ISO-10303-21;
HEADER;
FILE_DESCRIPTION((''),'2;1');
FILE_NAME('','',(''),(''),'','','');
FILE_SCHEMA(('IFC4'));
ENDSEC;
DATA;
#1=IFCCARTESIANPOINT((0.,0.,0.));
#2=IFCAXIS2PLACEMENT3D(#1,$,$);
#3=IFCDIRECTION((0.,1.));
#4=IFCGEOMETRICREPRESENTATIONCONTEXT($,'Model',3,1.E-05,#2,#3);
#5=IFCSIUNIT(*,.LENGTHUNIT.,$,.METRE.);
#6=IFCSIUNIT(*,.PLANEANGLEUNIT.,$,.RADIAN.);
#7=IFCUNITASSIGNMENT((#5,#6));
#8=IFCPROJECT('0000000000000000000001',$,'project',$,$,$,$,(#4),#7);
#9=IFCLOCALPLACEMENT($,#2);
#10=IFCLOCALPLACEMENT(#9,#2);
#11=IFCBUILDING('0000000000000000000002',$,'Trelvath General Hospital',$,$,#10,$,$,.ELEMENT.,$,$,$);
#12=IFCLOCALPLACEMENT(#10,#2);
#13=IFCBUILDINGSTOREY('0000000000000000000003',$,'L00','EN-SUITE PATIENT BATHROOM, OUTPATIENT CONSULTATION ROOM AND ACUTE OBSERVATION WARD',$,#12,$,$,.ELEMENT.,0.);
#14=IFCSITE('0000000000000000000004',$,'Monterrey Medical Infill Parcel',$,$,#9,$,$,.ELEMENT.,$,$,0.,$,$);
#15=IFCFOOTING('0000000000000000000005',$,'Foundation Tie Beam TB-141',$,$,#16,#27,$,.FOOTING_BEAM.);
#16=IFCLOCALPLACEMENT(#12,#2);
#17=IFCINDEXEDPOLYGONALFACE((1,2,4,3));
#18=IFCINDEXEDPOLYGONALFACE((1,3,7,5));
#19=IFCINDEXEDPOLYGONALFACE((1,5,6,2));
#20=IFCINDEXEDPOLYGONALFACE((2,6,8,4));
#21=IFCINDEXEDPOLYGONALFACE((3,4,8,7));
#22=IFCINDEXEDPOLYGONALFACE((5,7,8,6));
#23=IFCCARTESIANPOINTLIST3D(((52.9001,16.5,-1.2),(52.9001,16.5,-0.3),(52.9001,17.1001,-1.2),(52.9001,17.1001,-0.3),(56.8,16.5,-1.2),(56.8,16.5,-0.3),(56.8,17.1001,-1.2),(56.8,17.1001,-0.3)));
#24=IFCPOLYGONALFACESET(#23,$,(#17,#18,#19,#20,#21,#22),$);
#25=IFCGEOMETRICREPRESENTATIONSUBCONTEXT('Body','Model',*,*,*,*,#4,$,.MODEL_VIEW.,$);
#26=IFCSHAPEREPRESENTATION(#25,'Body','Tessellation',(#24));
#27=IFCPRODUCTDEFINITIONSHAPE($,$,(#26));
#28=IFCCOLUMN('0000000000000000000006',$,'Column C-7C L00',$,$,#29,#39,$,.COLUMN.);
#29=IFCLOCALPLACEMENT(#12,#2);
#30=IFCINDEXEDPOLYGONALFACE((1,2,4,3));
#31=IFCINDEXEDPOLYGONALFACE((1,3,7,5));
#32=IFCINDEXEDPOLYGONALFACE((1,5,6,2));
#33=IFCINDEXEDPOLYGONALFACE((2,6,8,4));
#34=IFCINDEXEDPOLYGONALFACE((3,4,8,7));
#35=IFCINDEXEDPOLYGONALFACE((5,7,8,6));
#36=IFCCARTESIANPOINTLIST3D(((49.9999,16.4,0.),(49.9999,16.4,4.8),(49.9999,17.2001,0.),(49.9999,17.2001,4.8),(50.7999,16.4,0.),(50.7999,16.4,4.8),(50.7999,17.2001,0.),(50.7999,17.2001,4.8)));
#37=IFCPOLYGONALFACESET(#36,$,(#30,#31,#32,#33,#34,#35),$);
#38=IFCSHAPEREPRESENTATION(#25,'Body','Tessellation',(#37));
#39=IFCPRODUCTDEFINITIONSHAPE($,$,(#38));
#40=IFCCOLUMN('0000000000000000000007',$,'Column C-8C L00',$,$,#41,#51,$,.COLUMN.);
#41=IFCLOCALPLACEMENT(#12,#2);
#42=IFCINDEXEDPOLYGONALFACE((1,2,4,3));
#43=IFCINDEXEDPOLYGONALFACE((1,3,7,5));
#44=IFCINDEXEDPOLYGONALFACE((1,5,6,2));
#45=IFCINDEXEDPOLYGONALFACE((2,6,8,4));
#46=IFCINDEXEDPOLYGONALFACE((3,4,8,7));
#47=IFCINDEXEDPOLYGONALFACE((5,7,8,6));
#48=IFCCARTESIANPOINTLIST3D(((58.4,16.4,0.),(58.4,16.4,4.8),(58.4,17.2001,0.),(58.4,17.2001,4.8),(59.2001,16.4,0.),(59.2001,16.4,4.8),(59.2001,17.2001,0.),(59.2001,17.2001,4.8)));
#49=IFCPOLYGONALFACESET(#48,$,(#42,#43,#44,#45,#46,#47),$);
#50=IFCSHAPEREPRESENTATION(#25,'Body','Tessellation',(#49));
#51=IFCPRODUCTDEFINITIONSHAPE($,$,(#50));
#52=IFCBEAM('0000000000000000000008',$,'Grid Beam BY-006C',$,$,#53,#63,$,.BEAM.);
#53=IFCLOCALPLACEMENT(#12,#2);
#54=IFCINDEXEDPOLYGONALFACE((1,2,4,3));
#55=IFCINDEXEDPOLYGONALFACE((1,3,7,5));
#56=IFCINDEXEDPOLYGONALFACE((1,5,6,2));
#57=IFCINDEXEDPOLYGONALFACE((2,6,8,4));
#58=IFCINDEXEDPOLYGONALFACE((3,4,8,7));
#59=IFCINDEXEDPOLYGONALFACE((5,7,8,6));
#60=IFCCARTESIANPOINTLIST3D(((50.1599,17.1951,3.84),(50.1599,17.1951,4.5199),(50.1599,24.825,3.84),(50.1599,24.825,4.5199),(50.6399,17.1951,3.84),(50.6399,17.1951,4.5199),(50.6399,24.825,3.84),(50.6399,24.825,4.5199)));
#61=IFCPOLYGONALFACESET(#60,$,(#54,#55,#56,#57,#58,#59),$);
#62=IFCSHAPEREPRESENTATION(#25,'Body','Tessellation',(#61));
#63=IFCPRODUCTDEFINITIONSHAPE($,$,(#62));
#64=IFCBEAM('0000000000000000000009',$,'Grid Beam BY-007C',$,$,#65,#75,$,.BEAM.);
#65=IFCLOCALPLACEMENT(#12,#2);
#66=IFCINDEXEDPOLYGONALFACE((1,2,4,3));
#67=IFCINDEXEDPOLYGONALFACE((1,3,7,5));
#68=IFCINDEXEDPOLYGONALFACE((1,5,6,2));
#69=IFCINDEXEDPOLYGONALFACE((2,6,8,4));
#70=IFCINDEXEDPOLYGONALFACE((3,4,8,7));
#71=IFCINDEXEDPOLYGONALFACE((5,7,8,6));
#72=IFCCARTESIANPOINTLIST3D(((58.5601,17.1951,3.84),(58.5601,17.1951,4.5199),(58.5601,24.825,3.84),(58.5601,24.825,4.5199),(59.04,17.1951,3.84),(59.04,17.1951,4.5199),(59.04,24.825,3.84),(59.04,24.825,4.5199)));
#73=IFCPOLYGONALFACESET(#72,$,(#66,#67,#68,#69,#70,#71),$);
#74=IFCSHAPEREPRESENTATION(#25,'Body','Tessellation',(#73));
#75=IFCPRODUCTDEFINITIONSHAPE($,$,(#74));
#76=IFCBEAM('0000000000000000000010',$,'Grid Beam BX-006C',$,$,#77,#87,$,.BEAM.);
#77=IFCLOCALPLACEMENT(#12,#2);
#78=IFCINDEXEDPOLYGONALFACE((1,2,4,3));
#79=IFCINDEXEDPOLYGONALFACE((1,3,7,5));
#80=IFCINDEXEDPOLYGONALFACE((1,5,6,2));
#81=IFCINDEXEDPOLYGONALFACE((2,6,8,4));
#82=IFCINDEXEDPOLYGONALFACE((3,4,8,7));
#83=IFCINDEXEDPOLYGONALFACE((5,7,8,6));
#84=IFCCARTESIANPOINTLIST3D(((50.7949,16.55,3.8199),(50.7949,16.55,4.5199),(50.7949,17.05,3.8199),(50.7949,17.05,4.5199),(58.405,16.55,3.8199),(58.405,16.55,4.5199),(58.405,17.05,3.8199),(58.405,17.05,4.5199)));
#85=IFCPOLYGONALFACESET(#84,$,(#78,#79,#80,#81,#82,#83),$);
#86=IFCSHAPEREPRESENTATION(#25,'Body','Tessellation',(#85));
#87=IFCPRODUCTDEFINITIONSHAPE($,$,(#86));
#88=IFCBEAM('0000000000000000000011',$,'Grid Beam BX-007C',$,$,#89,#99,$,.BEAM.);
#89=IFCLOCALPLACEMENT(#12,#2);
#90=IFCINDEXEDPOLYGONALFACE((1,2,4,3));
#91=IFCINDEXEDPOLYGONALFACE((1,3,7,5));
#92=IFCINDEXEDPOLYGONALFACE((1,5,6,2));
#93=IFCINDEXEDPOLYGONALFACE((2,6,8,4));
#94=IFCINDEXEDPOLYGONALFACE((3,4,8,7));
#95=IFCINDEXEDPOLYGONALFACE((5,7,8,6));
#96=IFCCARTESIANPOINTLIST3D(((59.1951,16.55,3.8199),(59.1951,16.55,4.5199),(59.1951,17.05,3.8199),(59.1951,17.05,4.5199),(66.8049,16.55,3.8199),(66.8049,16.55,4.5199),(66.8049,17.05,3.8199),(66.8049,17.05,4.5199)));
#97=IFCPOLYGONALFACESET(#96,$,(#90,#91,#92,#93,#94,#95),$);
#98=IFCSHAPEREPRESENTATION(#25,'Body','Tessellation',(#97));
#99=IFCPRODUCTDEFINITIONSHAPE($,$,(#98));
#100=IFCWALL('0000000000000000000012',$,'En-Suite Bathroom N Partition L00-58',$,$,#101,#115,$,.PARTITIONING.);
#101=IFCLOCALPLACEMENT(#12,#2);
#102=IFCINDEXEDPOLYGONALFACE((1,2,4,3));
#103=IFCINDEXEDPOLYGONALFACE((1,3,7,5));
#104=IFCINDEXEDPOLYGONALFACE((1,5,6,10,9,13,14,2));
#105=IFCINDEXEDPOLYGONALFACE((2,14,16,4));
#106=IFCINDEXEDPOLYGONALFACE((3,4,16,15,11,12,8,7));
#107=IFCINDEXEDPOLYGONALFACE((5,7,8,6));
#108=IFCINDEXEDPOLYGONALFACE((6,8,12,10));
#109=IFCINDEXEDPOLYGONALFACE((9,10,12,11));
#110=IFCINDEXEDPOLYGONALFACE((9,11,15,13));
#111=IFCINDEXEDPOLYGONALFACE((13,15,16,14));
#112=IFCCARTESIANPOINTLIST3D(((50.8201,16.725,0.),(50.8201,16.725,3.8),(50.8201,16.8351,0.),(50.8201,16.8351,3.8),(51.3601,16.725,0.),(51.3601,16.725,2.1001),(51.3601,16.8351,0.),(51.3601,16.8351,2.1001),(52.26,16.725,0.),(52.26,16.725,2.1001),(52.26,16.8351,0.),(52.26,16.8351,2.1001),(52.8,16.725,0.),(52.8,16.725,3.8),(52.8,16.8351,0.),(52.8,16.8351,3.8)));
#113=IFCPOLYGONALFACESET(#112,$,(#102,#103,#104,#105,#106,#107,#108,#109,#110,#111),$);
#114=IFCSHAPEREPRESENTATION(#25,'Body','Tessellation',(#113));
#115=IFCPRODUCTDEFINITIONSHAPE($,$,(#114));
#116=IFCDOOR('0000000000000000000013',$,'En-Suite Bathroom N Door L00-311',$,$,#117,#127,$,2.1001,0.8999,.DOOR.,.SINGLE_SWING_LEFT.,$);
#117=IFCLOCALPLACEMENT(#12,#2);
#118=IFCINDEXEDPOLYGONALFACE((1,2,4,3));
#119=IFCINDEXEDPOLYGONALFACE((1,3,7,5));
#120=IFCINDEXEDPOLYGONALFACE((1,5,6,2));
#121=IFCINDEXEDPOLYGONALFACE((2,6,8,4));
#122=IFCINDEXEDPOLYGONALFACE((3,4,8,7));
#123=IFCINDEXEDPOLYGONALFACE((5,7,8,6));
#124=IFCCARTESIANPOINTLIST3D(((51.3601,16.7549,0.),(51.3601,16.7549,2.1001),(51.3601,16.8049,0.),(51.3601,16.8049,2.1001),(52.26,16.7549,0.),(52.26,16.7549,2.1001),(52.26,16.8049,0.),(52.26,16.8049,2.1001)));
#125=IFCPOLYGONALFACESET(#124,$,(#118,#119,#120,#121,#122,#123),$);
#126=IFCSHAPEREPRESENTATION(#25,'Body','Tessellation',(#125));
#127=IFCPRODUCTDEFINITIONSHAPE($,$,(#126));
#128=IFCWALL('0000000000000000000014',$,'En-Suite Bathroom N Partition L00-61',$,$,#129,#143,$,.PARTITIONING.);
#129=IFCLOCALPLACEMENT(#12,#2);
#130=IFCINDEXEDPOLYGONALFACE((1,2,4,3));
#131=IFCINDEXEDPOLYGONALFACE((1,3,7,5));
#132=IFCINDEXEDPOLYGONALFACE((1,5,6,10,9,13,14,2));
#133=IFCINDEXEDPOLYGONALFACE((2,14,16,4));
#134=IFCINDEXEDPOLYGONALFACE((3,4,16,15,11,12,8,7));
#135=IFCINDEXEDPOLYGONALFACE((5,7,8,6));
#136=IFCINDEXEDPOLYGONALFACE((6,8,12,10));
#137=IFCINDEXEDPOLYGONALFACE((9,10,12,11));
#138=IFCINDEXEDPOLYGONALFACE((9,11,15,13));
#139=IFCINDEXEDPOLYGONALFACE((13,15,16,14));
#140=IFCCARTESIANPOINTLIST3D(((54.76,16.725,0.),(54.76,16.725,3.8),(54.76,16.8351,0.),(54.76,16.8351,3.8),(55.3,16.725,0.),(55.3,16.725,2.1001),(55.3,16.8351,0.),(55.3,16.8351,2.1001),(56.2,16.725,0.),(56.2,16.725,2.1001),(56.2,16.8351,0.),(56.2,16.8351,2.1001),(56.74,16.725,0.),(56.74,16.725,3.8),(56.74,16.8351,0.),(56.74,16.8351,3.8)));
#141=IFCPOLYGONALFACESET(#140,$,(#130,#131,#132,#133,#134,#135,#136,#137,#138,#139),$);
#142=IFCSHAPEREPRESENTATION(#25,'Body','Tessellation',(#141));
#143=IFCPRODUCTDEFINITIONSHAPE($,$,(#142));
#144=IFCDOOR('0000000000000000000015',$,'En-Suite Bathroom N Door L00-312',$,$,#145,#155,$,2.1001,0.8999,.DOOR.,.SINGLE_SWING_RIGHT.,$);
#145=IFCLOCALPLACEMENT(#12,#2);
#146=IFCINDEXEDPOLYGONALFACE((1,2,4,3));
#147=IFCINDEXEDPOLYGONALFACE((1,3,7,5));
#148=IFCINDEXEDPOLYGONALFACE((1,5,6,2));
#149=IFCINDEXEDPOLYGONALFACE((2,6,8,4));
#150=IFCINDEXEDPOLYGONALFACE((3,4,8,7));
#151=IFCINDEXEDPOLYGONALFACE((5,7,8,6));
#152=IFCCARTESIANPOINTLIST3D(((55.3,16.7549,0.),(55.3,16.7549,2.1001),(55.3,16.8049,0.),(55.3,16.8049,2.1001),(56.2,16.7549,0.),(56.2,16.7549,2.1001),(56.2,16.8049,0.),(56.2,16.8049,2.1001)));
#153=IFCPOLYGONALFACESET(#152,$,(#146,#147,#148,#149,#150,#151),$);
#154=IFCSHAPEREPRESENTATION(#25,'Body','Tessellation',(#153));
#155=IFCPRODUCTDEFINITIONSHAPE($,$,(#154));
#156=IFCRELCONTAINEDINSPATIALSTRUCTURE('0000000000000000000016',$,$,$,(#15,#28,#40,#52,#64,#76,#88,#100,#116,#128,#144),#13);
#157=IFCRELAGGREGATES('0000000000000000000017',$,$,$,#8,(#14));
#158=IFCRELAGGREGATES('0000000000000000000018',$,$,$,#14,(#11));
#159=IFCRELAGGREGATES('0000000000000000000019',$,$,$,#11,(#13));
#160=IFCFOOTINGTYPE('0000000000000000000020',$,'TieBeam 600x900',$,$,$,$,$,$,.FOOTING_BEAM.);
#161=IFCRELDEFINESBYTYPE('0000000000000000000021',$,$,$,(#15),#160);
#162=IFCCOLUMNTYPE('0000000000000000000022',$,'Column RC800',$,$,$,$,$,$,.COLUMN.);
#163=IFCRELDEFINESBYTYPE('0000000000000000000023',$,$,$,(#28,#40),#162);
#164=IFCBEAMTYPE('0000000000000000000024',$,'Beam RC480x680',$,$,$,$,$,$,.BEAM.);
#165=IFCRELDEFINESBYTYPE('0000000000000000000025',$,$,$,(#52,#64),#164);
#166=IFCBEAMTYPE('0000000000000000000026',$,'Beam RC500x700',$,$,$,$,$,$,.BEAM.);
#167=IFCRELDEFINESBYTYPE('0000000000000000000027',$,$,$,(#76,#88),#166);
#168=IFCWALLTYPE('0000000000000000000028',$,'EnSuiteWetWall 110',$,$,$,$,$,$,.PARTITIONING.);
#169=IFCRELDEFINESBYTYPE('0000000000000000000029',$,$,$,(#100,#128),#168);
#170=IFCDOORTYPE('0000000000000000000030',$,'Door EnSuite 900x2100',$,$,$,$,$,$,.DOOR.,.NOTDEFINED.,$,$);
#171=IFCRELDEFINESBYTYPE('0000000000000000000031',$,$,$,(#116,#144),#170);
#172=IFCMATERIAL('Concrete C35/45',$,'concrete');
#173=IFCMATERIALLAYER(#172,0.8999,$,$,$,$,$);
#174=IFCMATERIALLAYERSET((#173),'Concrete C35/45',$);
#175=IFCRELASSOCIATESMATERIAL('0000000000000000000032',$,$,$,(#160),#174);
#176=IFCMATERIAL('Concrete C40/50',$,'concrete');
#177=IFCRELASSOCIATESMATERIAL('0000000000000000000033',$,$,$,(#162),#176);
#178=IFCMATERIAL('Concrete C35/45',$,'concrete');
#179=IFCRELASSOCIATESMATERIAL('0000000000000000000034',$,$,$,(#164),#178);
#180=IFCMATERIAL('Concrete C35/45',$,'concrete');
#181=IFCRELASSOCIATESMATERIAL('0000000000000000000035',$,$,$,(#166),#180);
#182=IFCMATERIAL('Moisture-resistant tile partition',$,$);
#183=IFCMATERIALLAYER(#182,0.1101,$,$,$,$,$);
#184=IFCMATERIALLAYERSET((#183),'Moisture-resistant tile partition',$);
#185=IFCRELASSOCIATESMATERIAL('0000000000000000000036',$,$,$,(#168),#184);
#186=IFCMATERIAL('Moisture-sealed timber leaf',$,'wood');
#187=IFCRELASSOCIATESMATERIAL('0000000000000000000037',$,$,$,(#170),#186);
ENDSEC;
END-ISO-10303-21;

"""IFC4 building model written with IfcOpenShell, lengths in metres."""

from ifc_helpers import new_model, si_unit, direction, frame, frame_2d, origin, origin_2d, place, context, subcontext, project, spatial, rectangle, extrude, material, layer, layer_set, material_profile, profile_set, type_object, element, fill, save


model = new_model("IFC4")

# Units and contexts
model_context = context("Model", 3, precision=1e-05, world=origin(), true_north=direction((0.0, 1.0)))
body_context = subcontext(model_context, "Body", "Model", "MODEL_VIEW")
ifc_project = project(units=[si_unit("LENGTHUNIT", "METRE"), si_unit("PLANEANGLEUNIT", "RADIAN")], contexts=[model_context])

# Site, building, storey
site_placement = place(None, origin())
site = spatial("IfcSite", under=ifc_project, at=site_placement, Name="Monterrey Medical Infill Parcel", CompositionType="ELEMENT", RefElevation=0.0)
building_placement = place(site_placement, origin())
building = spatial("IfcBuilding", under=site, at=building_placement, Name="Trelvath General Hospital", CompositionType="ELEMENT")
storey_placement = place(building_placement, origin())
storey = spatial("IfcBuildingStorey", under=building, at=storey_placement, Name="L00", Description="EN-SUITE PATIENT BATHROOM, OUTPATIENT CONSULTATION ROOM AND ACUTE OBSERVATION WARD", CompositionType="ELEMENT", Elevation=0.0)

# Footing
ifc_material_1 = material(Name="Concrete C35/45", Category="concrete")
ifc_layer_1 = layer(ifc_material_1, 0.8999)
ifc_layer_set_1 = layer_set([ifc_layer_1], Name="Concrete C35/45")
footing_type_1 = type_object("IfcFootingType", Name="TieBeam 600x900", PredefinedType="FOOTING_BEAM", material=ifc_layer_set_1)
footing_1_placement = place(storey_placement, frame((54.8501, 16.8, -1.2), z_axis=(0.0, 0.0, 1.0), x_axis=(1.0, 0.0, 0.0)))
element("IfcFooting", 1, at=footing_1_placement, inside=storey, type_object=footing_type_1, Name="Foundation Tie Beam TB-141", PredefinedType="FOOTING_BEAM", context=body_context, shape_type="SweptSolid", body=[
    extrude(rectangle(XDim=3.8999, YDim=0.6001, at=origin_2d()), origin(), (0.0, 0.0, 1.0), 0.8999),
])

# Columns
ifc_material_2 = material(Name="Concrete C40/50", Category="concrete")
ifc_material_profile_1 = material_profile(ifc_material_2, rectangle(XDim=0.8, YDim=0.8, at=origin_2d()), Name="RC800x800")
ifc_profile_set_1 = profile_set([ifc_material_profile_1], Name="Concrete C40/50")
column_type = type_object("IfcColumnType", Name="Column RC800", PredefinedType="COLUMN", material=ifc_profile_set_1)
for number, where, z_axis, x_axis, name in (
    (2, (50.3999, 16.8, 0.0), (0.0, 0.0, 1.0), (1.0, 0.0, 0.0), "Column C-7C L00"),
    (3, (58.8, 16.8, 0.0), (0.0, 0.0, 1.0), (1.0, 0.0, 0.0), "Column C-8C L00"),
):
    element("IfcColumn", number, at=place(storey_placement, frame(where, z_axis=z_axis, x_axis=x_axis)), inside=storey, type_object=column_type, Name=name, PredefinedType="COLUMN", context=body_context, shape_type="SweptSolid", body=[
        extrude(rectangle(XDim=0.8, YDim=0.8, at=origin_2d()), origin(), (0.0, 0.0, 1.0), 4.8),
    ])

# Beams
ifc_material_3 = material(Name="Concrete C35/45", Category="concrete")
ifc_material_profile_2 = material_profile(ifc_material_3, rectangle(XDim=0.48, YDim=0.6799, at=origin_2d()), Name="RCB480x680")
ifc_profile_set_2 = profile_set([ifc_material_profile_2], Name="Concrete C35/45")
beam_type_1 = type_object("IfcBeamType", Name="Beam RC480x680", PredefinedType="BEAM", material=ifc_profile_set_2)
for number, where, z_axis, x_axis, name in (
    (4, (50.3999, 17.1951, 4.1799), (0.0, 1.0, 0.0), (-1.0, 0.0, 0.0), "Grid Beam BY-006C"),
    (5, (58.8, 17.1951, 4.1799), (0.0, 1.0, 0.0), (-1.0, 0.0, 0.0), "Grid Beam BY-007C"),
):
    element("IfcBeam", number, at=place(storey_placement, frame(where, z_axis=z_axis, x_axis=x_axis)), inside=storey, type_object=beam_type_1, Name=name, PredefinedType="BEAM", context=body_context, shape_type="SweptSolid", body=[
        extrude(rectangle(XDim=0.48, YDim=0.6799, at=origin_2d()), origin(), (0.0, 0.0, 1.0), 7.6299),
    ])
ifc_material_4 = material(Name="Concrete C35/45", Category="concrete")
ifc_material_profile_3 = material_profile(ifc_material_4, rectangle(XDim=0.5, YDim=0.7, at=origin_2d()), Name="RCB500x700")
ifc_profile_set_3 = profile_set([ifc_material_profile_3], Name="Concrete C35/45")
beam_type_2 = type_object("IfcBeamType", Name="Beam RC500x700", PredefinedType="BEAM", material=ifc_profile_set_3)
beam_1_placement = place(storey_placement, frame((50.7949, 16.8, 4.1699), z_axis=(1.0, 0.0, 0.0), x_axis=(0.0, 1.0, 0.0)))
element("IfcBeam", 6, at=beam_1_placement, inside=storey, type_object=beam_type_2, Name="Grid Beam BX-006C", PredefinedType="BEAM", context=body_context, shape_type="SweptSolid", body=[
    extrude(rectangle(XDim=0.5, YDim=0.7, at=origin_2d()), origin(), (0.0, 0.0, 1.0), 7.6101),
])
beam_2_placement = place(storey_placement, frame((59.1951, 16.8, 4.1699), z_axis=(1.0, 0.0, 0.0), x_axis=(0.0, 1.0, 0.0)))
element("IfcBeam", 7, at=beam_2_placement, inside=storey, type_object=beam_type_2, Name="Grid Beam BX-007C", PredefinedType="BEAM", context=body_context, shape_type="SweptSolid", body=[
    extrude(rectangle(XDim=0.5, YDim=0.7, at=origin_2d()), origin(), (0.0, 0.0, 1.0), 7.6099),
])

# Walls, openings, doors
ifc_material_5 = material(Name="Moisture-resistant tile partition")
ifc_layer_2 = layer(ifc_material_5, 0.1101)
ifc_layer_set_2 = layer_set([ifc_layer_2], Name="Moisture-resistant tile partition")
wall_type_1 = type_object("IfcWallType", Name="EnSuiteWetWall 110", PredefinedType="PARTITIONING", material=ifc_layer_set_2)
wall_1_placement = place(storey_placement, frame((50.8201, 16.78, 0.0), z_axis=(0.0, 0.0, 1.0), x_axis=(1.0, 0.0, 0.0)))
wall_1 = element("IfcWall", 8, at=wall_1_placement, inside=storey, type_object=wall_type_1, Name="En-Suite Bathroom N Partition L00-58", PredefinedType="PARTITIONING", context=body_context, shape_type="SweptSolid", body=[
    extrude(rectangle(XDim=1.98, YDim=0.1101, at=frame_2d((0.99, 0.0))), origin(), (0.0, 0.0, 1.0), 3.8),
])
opening_1_placement = place(wall_1_placement, frame((0.54, 0.0, 0.0)))
opening_1 = element("IfcOpeningElement", 9, at=opening_1_placement, cuts=wall_1, PredefinedType="OPENING", context=body_context, shape_type="SweptSolid", body=[
    extrude(rectangle(XDim=0.8999, YDim=2.1001, at=frame_2d((0.45, 1.05))), frame((0.0, 0.0649, 0.0), z_axis=(0.0, -1.0, 0.0), x_axis=(1.0, 0.0, 0.0)), (0.0, 0.0, 1.0), 0.1301),
])
ifc_material_6 = material(Name="Moisture-sealed timber leaf", Category="wood")
door_type_1 = type_object("IfcDoorType", Name="Door EnSuite 900x2100", OperationType="NOTDEFINED", PredefinedType="DOOR", material=ifc_material_6)
door_1_placement = place(opening_1_placement, origin())
door_1 = element("IfcDoor", 10, at=door_1_placement, inside=storey, type_object=door_type_1, Name="En-Suite Bathroom N Door L00-311", OperationType="SINGLE_SWING_LEFT", OverallHeight=2.1001, OverallWidth=0.8999, PredefinedType="DOOR", context=body_context, shape_type="SweptSolid", body=[
    extrude(rectangle(XDim=0.8999, YDim=2.1001, at=frame_2d((0.45, 1.05))), frame((0.0, 0.0249, 0.0), z_axis=(0.0, -1.0, 0.0), x_axis=(1.0, 0.0, 0.0)), (0.0, 0.0, 1.0), 0.05),
])
fill(opening_1, door_1)
wall_2_placement = place(storey_placement, frame((54.76, 16.78, 0.0), z_axis=(0.0, 0.0, 1.0), x_axis=(1.0, 0.0, 0.0)))
wall_2 = element("IfcWall", 11, at=wall_2_placement, inside=storey, type_object=wall_type_1, Name="En-Suite Bathroom N Partition L00-61", PredefinedType="PARTITIONING", context=body_context, shape_type="SweptSolid", body=[
    extrude(rectangle(XDim=1.98, YDim=0.1101, at=frame_2d((0.99, 0.0))), origin(), (0.0, 0.0, 1.0), 3.8),
])
opening_2_placement = place(wall_2_placement, frame((0.54, 0.0, 0.0)))
opening_2 = element("IfcOpeningElement", 12, at=opening_2_placement, cuts=wall_2, PredefinedType="OPENING", context=body_context, shape_type="SweptSolid", body=[
    extrude(rectangle(XDim=0.8999, YDim=2.1001, at=frame_2d((0.45, 1.05))), frame((0.0, 0.0649, 0.0), z_axis=(0.0, -1.0, 0.0), x_axis=(1.0, 0.0, 0.0)), (0.0, 0.0, 1.0), 0.1301),
])
door_2_placement = place(opening_2_placement, origin())
door_2 = element("IfcDoor", 13, at=door_2_placement, inside=storey, type_object=door_type_1, Name="En-Suite Bathroom N Door L00-312", OperationType="SINGLE_SWING_RIGHT", OverallHeight=2.1001, OverallWidth=0.8999, PredefinedType="DOOR", context=body_context, shape_type="SweptSolid", body=[
    extrude(rectangle(XDim=0.8999, YDim=2.1001, at=frame_2d((0.45, 1.05))), frame((0.0, 0.0249, 0.0), z_axis=(0.0, -1.0, 0.0), x_axis=(1.0, 0.0, 0.0)), (0.0, 0.0, 1.0), 0.05),
])
fill(opening_2, door_2)

save(model, "model.ifc")
